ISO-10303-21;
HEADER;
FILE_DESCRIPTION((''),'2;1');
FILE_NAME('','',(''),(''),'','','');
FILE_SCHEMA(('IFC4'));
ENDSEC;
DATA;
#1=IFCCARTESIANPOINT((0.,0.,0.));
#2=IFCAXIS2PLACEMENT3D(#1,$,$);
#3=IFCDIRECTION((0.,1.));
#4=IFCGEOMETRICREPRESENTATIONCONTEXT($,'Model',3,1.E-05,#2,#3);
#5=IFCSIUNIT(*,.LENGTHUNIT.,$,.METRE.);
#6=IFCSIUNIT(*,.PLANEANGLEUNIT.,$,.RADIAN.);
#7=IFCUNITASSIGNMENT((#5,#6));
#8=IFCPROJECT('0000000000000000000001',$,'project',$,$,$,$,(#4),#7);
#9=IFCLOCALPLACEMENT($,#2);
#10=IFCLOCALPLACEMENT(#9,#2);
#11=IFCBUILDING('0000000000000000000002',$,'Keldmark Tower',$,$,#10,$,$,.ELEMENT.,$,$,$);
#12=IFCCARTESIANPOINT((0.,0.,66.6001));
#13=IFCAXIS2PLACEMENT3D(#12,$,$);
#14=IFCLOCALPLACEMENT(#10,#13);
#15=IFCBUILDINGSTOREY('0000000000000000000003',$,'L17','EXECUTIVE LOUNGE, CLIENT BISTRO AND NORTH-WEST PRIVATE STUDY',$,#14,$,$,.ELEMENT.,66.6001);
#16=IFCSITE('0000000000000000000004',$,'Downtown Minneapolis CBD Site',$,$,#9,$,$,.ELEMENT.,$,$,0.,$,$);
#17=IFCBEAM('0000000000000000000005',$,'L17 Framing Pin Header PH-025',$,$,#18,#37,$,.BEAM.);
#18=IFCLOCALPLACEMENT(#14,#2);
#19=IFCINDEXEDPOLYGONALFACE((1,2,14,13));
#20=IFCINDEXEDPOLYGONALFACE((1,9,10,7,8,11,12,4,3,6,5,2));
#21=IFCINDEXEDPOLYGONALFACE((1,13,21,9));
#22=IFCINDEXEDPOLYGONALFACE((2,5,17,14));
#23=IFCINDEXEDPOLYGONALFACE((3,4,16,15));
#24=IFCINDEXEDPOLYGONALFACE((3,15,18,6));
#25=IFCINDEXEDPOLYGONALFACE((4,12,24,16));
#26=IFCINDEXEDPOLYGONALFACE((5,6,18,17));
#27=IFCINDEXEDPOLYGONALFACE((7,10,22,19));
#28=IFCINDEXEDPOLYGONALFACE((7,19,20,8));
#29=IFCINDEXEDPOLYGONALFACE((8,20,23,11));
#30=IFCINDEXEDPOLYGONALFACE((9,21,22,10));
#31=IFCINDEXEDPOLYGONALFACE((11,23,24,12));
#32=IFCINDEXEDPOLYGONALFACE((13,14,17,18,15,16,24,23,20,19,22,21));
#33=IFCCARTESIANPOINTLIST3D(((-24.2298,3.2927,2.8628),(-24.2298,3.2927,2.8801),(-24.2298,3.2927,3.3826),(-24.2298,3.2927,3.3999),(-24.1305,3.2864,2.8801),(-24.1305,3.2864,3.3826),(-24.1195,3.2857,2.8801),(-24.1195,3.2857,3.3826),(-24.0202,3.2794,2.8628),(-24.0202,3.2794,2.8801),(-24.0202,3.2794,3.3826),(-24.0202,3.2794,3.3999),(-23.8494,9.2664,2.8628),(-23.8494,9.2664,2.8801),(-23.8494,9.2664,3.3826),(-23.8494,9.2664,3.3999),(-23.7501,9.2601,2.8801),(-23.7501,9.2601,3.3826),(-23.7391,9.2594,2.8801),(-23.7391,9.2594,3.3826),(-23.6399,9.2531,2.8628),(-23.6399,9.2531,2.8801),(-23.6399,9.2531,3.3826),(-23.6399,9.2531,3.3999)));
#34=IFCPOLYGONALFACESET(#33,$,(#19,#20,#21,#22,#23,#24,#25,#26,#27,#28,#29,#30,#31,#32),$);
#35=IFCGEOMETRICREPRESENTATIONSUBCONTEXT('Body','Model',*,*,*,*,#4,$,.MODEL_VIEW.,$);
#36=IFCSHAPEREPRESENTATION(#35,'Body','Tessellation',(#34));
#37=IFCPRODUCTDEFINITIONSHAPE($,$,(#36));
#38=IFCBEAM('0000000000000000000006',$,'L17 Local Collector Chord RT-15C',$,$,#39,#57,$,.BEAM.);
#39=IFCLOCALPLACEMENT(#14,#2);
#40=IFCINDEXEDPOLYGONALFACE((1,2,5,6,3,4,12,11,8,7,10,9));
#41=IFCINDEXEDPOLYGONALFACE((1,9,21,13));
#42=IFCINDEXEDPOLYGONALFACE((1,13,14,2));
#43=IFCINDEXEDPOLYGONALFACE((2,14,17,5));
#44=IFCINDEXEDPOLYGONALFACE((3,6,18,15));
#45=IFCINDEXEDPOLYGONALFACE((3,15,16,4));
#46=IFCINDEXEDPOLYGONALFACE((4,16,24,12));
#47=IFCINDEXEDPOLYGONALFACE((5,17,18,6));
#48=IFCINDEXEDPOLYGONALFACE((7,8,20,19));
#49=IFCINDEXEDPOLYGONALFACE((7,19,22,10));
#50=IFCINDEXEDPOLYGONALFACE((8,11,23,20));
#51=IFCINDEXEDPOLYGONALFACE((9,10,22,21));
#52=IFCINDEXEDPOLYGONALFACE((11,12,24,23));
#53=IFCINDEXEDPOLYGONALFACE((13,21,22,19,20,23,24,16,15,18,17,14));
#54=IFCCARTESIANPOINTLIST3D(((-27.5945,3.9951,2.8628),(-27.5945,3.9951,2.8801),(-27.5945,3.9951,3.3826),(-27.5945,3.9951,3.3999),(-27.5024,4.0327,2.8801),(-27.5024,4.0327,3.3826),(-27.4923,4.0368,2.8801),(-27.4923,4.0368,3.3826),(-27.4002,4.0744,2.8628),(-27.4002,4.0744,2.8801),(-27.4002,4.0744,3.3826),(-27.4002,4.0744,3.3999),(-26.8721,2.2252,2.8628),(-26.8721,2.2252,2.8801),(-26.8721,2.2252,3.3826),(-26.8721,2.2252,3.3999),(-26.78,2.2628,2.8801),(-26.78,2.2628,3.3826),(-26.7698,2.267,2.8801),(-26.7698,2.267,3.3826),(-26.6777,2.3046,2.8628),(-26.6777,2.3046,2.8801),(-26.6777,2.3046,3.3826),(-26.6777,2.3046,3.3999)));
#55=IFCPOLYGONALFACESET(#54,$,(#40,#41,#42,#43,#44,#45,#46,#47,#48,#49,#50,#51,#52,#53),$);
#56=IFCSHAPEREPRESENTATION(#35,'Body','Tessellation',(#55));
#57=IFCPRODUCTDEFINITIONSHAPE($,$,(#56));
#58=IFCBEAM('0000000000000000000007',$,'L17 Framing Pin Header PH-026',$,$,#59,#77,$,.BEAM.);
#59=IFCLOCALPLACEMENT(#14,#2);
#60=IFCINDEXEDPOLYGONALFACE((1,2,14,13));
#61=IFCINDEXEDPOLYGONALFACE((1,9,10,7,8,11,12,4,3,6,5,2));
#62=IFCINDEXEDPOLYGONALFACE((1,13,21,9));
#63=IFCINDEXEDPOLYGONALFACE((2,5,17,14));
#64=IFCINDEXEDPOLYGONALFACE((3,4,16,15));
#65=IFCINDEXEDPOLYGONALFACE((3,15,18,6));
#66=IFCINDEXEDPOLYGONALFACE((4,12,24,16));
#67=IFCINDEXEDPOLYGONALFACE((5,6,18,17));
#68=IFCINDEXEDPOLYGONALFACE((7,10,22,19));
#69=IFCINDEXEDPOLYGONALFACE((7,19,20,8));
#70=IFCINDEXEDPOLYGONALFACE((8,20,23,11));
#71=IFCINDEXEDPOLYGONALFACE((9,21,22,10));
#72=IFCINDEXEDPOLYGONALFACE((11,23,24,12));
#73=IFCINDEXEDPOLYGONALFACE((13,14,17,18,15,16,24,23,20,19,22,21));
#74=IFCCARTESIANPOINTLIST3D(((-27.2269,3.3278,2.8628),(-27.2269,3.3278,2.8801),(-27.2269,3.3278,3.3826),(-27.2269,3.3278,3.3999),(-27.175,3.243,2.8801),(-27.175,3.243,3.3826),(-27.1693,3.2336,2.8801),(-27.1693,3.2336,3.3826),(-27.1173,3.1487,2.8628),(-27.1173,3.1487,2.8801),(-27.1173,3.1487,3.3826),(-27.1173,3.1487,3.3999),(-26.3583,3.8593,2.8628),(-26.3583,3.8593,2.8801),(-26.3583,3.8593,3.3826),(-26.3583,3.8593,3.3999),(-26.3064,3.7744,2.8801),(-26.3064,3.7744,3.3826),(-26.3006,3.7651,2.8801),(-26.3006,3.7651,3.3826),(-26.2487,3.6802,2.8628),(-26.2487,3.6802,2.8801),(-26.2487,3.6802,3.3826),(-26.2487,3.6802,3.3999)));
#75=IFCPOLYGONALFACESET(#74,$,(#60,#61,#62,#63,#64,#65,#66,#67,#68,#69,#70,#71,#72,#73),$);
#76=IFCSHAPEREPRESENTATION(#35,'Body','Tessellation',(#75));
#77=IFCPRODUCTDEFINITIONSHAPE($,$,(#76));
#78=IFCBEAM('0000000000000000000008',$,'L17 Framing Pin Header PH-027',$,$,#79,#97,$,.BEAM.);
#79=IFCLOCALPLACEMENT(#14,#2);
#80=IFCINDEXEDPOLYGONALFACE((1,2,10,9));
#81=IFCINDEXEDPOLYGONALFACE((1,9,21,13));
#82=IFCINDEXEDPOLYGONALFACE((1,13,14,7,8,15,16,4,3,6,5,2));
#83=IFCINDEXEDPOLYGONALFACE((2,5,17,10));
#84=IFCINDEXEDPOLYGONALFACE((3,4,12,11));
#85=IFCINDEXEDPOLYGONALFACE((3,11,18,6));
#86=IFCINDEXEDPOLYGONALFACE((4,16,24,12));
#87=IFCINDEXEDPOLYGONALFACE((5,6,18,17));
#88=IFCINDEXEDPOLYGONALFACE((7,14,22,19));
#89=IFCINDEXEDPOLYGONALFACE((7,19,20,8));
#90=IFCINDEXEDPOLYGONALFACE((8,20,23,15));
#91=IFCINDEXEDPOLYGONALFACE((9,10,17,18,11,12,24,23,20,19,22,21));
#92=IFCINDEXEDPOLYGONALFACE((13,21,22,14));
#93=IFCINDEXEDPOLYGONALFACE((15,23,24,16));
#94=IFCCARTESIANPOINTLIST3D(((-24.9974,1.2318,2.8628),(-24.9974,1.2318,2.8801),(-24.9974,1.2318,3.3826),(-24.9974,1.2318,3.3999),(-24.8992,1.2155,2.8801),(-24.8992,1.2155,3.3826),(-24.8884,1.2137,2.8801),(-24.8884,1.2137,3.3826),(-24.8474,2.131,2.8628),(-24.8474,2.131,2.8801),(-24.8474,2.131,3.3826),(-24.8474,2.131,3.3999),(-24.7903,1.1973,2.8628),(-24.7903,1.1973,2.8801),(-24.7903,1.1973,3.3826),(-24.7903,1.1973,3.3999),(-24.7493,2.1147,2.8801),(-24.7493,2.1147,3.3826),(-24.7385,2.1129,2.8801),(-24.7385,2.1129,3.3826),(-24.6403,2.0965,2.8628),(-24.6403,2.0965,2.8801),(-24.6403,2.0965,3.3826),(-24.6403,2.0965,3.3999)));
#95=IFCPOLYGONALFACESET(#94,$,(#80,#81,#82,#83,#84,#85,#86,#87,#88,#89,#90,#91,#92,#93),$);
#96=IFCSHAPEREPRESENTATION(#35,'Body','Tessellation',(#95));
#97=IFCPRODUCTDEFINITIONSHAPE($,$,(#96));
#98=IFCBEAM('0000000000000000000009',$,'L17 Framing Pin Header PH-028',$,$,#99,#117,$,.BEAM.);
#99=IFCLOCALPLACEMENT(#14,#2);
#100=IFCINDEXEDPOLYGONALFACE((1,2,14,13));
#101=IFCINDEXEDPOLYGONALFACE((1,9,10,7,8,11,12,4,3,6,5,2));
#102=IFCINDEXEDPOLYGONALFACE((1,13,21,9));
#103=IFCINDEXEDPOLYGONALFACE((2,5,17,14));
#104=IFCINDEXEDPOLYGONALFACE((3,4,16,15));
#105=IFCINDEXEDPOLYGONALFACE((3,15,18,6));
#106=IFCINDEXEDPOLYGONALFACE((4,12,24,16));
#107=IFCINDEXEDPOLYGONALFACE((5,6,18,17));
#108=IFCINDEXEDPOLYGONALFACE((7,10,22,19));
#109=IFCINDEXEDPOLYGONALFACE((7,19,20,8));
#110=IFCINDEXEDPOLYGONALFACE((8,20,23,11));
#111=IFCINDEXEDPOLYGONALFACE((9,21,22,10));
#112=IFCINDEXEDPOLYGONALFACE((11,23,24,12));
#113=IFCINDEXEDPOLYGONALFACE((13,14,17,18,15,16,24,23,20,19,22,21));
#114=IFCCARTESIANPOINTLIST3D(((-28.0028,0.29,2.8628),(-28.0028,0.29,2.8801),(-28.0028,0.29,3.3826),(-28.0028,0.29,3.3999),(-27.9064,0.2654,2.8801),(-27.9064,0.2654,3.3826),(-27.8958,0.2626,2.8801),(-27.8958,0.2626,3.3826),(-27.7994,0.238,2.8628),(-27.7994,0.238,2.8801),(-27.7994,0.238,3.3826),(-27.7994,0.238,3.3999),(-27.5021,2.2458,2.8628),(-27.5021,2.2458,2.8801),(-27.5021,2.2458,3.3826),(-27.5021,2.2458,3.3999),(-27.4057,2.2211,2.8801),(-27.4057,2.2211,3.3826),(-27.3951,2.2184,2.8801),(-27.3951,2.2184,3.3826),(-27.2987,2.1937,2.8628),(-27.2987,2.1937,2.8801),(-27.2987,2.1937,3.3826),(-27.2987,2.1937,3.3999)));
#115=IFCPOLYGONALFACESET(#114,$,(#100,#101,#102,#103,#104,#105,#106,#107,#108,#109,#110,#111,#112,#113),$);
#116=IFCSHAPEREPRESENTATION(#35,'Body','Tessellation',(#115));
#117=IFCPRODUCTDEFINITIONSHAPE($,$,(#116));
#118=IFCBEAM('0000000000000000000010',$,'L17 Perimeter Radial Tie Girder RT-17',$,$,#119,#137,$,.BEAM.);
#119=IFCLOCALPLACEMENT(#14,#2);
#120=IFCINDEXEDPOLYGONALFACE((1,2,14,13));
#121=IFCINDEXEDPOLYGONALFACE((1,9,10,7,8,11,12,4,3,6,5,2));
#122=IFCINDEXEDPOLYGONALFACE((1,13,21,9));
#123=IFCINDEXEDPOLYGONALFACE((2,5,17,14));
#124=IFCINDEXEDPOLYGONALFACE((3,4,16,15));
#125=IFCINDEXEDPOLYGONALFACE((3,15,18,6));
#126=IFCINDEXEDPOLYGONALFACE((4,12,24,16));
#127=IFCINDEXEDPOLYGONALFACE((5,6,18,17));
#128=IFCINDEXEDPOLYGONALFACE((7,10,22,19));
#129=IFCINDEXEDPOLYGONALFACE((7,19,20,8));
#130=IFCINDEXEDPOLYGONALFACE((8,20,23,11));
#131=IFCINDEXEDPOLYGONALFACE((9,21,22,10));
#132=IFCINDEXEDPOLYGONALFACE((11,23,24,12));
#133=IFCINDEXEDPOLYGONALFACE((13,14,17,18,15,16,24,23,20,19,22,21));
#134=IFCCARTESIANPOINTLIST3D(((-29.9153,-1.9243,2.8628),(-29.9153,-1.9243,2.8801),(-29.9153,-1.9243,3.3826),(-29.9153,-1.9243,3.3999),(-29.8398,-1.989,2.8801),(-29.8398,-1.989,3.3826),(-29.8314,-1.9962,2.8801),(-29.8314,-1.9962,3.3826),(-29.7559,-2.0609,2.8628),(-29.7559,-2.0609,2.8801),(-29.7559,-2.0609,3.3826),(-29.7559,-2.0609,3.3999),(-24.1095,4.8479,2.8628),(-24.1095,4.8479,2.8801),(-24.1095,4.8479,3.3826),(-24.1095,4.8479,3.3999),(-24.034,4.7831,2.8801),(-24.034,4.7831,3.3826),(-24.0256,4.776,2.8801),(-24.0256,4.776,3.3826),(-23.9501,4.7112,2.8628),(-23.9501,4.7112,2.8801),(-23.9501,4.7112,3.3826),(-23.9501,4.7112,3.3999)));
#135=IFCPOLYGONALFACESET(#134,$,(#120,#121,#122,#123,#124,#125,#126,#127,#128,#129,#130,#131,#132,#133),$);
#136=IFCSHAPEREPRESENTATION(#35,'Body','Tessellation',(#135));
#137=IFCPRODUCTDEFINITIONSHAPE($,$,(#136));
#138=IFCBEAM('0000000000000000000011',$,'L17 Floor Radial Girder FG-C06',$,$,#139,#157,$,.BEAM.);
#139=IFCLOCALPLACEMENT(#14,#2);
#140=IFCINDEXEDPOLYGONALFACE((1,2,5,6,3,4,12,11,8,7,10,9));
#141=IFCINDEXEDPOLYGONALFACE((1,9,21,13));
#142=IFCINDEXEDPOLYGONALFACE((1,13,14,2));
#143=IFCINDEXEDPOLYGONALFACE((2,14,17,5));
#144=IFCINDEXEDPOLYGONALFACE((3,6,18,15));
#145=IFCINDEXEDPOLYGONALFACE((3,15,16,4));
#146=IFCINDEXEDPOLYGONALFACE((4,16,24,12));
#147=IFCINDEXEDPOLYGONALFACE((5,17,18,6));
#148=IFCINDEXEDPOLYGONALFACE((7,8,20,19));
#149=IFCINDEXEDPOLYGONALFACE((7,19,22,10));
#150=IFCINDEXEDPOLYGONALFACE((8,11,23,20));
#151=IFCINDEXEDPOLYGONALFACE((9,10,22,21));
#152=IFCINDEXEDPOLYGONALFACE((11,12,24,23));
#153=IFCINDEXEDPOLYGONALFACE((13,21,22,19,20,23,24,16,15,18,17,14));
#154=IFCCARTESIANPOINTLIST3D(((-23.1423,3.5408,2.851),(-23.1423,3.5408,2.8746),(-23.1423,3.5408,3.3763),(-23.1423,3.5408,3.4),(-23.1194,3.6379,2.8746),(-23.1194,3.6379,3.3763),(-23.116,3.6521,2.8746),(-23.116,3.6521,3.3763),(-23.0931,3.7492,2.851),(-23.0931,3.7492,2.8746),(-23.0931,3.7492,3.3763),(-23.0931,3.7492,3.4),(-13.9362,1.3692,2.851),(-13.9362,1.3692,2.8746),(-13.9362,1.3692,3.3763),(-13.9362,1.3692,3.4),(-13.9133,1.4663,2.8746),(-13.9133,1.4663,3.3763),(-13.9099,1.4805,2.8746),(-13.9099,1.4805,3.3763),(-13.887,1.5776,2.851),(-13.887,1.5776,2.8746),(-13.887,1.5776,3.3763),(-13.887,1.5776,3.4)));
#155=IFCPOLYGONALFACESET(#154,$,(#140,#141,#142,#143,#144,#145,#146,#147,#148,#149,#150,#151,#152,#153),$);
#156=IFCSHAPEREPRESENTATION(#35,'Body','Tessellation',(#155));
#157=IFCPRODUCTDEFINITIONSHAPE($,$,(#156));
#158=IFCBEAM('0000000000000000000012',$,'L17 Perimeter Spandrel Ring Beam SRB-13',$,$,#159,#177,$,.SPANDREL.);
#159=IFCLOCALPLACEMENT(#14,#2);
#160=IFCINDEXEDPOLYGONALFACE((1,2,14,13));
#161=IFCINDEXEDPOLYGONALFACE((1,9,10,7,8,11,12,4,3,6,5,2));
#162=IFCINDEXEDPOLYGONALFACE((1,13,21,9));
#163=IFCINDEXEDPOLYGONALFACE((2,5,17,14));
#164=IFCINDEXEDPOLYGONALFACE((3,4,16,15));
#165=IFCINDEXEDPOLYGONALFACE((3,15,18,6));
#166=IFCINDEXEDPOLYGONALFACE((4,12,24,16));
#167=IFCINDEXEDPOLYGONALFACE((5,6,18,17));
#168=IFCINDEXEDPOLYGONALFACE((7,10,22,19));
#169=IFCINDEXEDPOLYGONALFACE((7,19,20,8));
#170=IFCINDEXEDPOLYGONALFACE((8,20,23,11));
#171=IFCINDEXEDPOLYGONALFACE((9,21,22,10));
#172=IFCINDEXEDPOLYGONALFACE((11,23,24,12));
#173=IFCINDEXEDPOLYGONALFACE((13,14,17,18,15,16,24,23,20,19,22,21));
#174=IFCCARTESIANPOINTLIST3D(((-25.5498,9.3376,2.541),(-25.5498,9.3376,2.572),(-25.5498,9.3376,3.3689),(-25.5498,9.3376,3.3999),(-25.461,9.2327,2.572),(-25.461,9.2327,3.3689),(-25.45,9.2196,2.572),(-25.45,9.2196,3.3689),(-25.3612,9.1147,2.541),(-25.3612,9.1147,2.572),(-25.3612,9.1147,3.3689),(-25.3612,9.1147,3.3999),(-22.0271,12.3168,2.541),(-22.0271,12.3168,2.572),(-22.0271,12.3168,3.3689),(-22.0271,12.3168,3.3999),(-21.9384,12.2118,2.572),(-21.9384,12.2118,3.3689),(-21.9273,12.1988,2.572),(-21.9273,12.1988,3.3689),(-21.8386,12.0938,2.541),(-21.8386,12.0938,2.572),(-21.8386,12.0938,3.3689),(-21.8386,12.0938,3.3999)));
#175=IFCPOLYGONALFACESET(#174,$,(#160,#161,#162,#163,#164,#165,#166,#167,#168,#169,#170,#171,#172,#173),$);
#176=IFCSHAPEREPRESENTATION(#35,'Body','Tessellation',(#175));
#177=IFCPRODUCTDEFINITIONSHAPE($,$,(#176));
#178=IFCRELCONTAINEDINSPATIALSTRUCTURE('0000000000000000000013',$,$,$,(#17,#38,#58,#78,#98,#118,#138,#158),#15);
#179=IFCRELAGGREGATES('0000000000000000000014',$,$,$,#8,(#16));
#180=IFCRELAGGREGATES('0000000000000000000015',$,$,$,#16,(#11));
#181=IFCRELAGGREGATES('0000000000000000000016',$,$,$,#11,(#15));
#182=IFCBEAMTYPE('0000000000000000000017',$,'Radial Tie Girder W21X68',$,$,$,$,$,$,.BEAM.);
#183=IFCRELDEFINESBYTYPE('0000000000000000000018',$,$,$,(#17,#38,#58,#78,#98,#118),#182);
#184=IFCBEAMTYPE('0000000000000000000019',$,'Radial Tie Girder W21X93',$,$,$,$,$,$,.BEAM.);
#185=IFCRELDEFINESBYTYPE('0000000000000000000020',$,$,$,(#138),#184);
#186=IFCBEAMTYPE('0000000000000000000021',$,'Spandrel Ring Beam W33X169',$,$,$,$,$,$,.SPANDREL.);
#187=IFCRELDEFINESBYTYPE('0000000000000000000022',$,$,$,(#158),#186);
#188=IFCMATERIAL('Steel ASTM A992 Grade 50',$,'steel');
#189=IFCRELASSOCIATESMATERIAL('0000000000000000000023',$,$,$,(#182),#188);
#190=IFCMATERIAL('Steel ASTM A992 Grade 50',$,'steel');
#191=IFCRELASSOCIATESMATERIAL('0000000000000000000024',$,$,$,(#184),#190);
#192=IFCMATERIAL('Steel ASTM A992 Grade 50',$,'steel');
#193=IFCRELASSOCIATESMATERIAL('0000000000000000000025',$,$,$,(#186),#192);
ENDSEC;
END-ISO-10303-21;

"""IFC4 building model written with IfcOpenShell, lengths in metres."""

from ifc_helpers import new_model, si_unit, direction, frame, origin, origin_2d, place, context, subcontext, project, spatial, i_section, extrude, material, material_profile, profile_set, type_object, element, save


model = new_model("IFC4")

# Units and contexts
model_context = context("Model", 3, precision=1e-05, world=origin(), true_north=direction((0.0, 1.0)))
body_context = subcontext(model_context, "Body", "Model", "MODEL_VIEW")
ifc_project = project(units=[si_unit("LENGTHUNIT", "METRE"), si_unit("PLANEANGLEUNIT", "RADIAN")], contexts=[model_context])

# Site, building, storey
site_placement = place(None, origin())
site = spatial("IfcSite", under=ifc_project, at=site_placement, Name="Downtown Minneapolis CBD Site", CompositionType="ELEMENT", RefElevation=0.0)
building_placement = place(site_placement, origin())
building = spatial("IfcBuilding", under=site, at=building_placement, Name="Keldmark Tower", CompositionType="ELEMENT")
storey_placement = place(building_placement, frame((0.0, 0.0, 66.6001)))
storey = spatial("IfcBuildingStorey", under=building, at=storey_placement, Name="L17", Description="EXECUTIVE LOUNGE, CLIENT BISTRO AND NORTH-WEST PRIVATE STUDY", CompositionType="ELEMENT", Elevation=66.6001)

# Beams
ifc_material_1 = material(Name="Steel ASTM A992 Grade 50", Category="steel")
ifc_material_profile_1 = material_profile(ifc_material_1, i_section(OverallWidth=0.21, OverallDepth=0.5371, WebThickness=0.011, FlangeThickness=0.0173, at=origin_2d()), Name="W21X68")
ifc_profile_set_1 = profile_set([ifc_material_profile_1], Name="Steel ASTM A992 Grade 50")
beam_type_1 = type_object("IfcBeamType", Name="Radial Tie Girder W21X68", PredefinedType="BEAM", material=ifc_profile_set_1)
beam_1_placement = place(storey_placement, frame((-23.7446, 9.2598, 3.1313), z_axis=(-0.063546, -0.997979, 0.0), x_axis=(0.997979, -0.063546, 0.0)))
element("IfcBeam", 1, at=beam_1_placement, inside=storey, type_object=beam_type_1, Name="L17 Framing Pin Header PH-025", PredefinedType="BEAM", context=body_context, shape_type="SweptSolid", body=[
    extrude(i_section(OverallWidth=0.21, OverallDepth=0.5371, WebThickness=0.011, FlangeThickness=0.0173, at=origin_2d()), origin(), (0.0, 0.0, 1.0), 5.9858),
])
beam_2_placement = place(storey_placement, frame((-26.7749, 2.2649, 3.1313), z_axis=(-0.377922, 0.925838, 0.0), x_axis=(-0.925838, -0.377922, 0.0)))
element("IfcBeam", 2, at=beam_2_placement, inside=storey, type_object=beam_type_1, Name="L17 Local Collector Chord RT-15C", PredefinedType="BEAM", context=body_context, shape_type="SweptSolid", body=[
    extrude(i_section(OverallWidth=0.21, OverallDepth=0.5371, WebThickness=0.011, FlangeThickness=0.0173, at=origin_2d()), origin(), (0.0, 0.0, 1.0), 1.9116),
])
beam_3_placement = place(storey_placement, frame((-27.1721, 3.2383, 3.1313), z_axis=(0.852997, 0.521915, 0.0), x_axis=(-0.521915, 0.852997, 0.0)))
element("IfcBeam", 3, at=beam_3_placement, inside=storey, type_object=beam_type_1, Name="L17 Framing Pin Header PH-026", PredefinedType="BEAM", context=body_context, shape_type="SweptSolid", body=[
    extrude(i_section(OverallWidth=0.21, OverallDepth=0.5371, WebThickness=0.011, FlangeThickness=0.0173, at=origin_2d()), origin(), (0.0, 0.0, 1.0), 1.0183),
])
beam_4_placement = place(storey_placement, frame((-24.7439, 2.1138, 3.1313), z_axis=(-0.164442, -0.986387, 0.0), x_axis=(0.986387, -0.164442, 0.0)))
element("IfcBeam", 4, at=beam_4_placement, inside=storey, type_object=beam_type_1, Name="L17 Framing Pin Header PH-027", PredefinedType="BEAM", context=body_context, shape_type="SweptSolid", body=[
    extrude(i_section(OverallWidth=0.21, OverallDepth=0.5371, WebThickness=0.011, FlangeThickness=0.0173, at=origin_2d()), origin(), (0.0, 0.0, 1.0), 0.9116),
])
beam_5_placement = place(storey_placement, frame((-27.4004, 2.2197, 3.1313), z_axis=(-0.248023, -0.968754, 0.0), x_axis=(0.968754, -0.248023, 0.0)))
element("IfcBeam", 5, at=beam_5_placement, inside=storey, type_object=beam_type_1, Name="L17 Framing Pin Header PH-028", PredefinedType="BEAM", context=body_context, shape_type="SweptSolid", body=[
    extrude(i_section(OverallWidth=0.21, OverallDepth=0.5371, WebThickness=0.011, FlangeThickness=0.0173, at=origin_2d()), origin(), (0.0, 0.0, 1.0), 2.0188),
])
beam_6_placement = place(storey_placement, frame((-24.0298, 4.7795, 3.1313), z_axis=(-0.650866, -0.759193, 0.0), x_axis=(0.759193, -0.650866, 0.0)))
element("IfcBeam", 6, at=beam_6_placement, inside=storey, type_object=beam_type_1, Name="L17 Perimeter Radial Tie Girder RT-17", PredefinedType="BEAM", context=body_context, shape_type="SweptSolid", body=[
    extrude(i_section(OverallWidth=0.21, OverallDepth=0.5371, WebThickness=0.011, FlangeThickness=0.0173, at=origin_2d()), origin(), (0.0, 0.0, 1.0), 8.9202),
])
ifc_material_2 = material(Name="Steel ASTM A992 Grade 50", Category="steel")
ifc_material_profile_2 = material_profile(ifc_material_2, i_section(OverallWidth=0.2141, OverallDepth=0.5491, WebThickness=0.0146, FlangeThickness=0.0237, at=origin_2d()), Name="W21X93")
ifc_profile_set_2 = profile_set([ifc_material_profile_2], Name="Steel ASTM A992 Grade 50")
beam_type_2 = type_object("IfcBeamType", Name="Radial Tie Girder W21X93", PredefinedType="BEAM", material=ifc_profile_set_2)
beam_7_placement = place(storey_placement, frame((-23.1177, 3.645, 3.1255), z_axis=(0.973287, -0.22959, 0.0), x_axis=(0.22959, 0.973287, 0.0)))
element("IfcBeam", 7, at=beam_7_placement, inside=storey, type_object=beam_type_2, Name="L17 Floor Radial Girder FG-C06", PredefinedType="BEAM", context=body_context, shape_type="SweptSolid", body=[
    extrude(i_section(OverallWidth=0.2141, OverallDepth=0.5491, WebThickness=0.0146, FlangeThickness=0.0237, at=origin_2d()), origin(), (0.0, 0.0, 1.0), 9.4587),
])
ifc_material_3 = material(Name="Steel ASTM A992 Grade 50", Category="steel")
ifc_material_profile_3 = material_profile(ifc_material_3, i_section(OverallWidth=0.292, OverallDepth=0.8589, WebThickness=0.0171, FlangeThickness=0.031, at=origin_2d()), Name="W33X169")
ifc_profile_set_3 = profile_set([ifc_material_profile_3], Name="Steel ASTM A992 Grade 50")
beam_type_3 = type_object("IfcBeamType", Name="Spandrel Ring Beam W33X169", PredefinedType="SPANDREL", material=ifc_profile_set_3)
beam_8_placement = place(storey_placement, frame((-21.9329, 12.2053, 2.9705), z_axis=(-0.763547, -0.645752, 0.0), x_axis=(0.645752, -0.763547, 0.0)))
element("IfcBeam", 8, at=beam_8_placement, inside=storey, type_object=beam_type_3, Name="L17 Perimeter Spandrel Ring Beam SRB-13", PredefinedType="SPANDREL", context=body_context, shape_type="SweptSolid", body=[
    extrude(i_section(OverallWidth=0.292, OverallDepth=0.8589, WebThickness=0.0171, FlangeThickness=0.031, at=origin_2d()), origin(), (0.0, 0.0, 1.0), 4.6135),
])

save(model, "model.ifc")
